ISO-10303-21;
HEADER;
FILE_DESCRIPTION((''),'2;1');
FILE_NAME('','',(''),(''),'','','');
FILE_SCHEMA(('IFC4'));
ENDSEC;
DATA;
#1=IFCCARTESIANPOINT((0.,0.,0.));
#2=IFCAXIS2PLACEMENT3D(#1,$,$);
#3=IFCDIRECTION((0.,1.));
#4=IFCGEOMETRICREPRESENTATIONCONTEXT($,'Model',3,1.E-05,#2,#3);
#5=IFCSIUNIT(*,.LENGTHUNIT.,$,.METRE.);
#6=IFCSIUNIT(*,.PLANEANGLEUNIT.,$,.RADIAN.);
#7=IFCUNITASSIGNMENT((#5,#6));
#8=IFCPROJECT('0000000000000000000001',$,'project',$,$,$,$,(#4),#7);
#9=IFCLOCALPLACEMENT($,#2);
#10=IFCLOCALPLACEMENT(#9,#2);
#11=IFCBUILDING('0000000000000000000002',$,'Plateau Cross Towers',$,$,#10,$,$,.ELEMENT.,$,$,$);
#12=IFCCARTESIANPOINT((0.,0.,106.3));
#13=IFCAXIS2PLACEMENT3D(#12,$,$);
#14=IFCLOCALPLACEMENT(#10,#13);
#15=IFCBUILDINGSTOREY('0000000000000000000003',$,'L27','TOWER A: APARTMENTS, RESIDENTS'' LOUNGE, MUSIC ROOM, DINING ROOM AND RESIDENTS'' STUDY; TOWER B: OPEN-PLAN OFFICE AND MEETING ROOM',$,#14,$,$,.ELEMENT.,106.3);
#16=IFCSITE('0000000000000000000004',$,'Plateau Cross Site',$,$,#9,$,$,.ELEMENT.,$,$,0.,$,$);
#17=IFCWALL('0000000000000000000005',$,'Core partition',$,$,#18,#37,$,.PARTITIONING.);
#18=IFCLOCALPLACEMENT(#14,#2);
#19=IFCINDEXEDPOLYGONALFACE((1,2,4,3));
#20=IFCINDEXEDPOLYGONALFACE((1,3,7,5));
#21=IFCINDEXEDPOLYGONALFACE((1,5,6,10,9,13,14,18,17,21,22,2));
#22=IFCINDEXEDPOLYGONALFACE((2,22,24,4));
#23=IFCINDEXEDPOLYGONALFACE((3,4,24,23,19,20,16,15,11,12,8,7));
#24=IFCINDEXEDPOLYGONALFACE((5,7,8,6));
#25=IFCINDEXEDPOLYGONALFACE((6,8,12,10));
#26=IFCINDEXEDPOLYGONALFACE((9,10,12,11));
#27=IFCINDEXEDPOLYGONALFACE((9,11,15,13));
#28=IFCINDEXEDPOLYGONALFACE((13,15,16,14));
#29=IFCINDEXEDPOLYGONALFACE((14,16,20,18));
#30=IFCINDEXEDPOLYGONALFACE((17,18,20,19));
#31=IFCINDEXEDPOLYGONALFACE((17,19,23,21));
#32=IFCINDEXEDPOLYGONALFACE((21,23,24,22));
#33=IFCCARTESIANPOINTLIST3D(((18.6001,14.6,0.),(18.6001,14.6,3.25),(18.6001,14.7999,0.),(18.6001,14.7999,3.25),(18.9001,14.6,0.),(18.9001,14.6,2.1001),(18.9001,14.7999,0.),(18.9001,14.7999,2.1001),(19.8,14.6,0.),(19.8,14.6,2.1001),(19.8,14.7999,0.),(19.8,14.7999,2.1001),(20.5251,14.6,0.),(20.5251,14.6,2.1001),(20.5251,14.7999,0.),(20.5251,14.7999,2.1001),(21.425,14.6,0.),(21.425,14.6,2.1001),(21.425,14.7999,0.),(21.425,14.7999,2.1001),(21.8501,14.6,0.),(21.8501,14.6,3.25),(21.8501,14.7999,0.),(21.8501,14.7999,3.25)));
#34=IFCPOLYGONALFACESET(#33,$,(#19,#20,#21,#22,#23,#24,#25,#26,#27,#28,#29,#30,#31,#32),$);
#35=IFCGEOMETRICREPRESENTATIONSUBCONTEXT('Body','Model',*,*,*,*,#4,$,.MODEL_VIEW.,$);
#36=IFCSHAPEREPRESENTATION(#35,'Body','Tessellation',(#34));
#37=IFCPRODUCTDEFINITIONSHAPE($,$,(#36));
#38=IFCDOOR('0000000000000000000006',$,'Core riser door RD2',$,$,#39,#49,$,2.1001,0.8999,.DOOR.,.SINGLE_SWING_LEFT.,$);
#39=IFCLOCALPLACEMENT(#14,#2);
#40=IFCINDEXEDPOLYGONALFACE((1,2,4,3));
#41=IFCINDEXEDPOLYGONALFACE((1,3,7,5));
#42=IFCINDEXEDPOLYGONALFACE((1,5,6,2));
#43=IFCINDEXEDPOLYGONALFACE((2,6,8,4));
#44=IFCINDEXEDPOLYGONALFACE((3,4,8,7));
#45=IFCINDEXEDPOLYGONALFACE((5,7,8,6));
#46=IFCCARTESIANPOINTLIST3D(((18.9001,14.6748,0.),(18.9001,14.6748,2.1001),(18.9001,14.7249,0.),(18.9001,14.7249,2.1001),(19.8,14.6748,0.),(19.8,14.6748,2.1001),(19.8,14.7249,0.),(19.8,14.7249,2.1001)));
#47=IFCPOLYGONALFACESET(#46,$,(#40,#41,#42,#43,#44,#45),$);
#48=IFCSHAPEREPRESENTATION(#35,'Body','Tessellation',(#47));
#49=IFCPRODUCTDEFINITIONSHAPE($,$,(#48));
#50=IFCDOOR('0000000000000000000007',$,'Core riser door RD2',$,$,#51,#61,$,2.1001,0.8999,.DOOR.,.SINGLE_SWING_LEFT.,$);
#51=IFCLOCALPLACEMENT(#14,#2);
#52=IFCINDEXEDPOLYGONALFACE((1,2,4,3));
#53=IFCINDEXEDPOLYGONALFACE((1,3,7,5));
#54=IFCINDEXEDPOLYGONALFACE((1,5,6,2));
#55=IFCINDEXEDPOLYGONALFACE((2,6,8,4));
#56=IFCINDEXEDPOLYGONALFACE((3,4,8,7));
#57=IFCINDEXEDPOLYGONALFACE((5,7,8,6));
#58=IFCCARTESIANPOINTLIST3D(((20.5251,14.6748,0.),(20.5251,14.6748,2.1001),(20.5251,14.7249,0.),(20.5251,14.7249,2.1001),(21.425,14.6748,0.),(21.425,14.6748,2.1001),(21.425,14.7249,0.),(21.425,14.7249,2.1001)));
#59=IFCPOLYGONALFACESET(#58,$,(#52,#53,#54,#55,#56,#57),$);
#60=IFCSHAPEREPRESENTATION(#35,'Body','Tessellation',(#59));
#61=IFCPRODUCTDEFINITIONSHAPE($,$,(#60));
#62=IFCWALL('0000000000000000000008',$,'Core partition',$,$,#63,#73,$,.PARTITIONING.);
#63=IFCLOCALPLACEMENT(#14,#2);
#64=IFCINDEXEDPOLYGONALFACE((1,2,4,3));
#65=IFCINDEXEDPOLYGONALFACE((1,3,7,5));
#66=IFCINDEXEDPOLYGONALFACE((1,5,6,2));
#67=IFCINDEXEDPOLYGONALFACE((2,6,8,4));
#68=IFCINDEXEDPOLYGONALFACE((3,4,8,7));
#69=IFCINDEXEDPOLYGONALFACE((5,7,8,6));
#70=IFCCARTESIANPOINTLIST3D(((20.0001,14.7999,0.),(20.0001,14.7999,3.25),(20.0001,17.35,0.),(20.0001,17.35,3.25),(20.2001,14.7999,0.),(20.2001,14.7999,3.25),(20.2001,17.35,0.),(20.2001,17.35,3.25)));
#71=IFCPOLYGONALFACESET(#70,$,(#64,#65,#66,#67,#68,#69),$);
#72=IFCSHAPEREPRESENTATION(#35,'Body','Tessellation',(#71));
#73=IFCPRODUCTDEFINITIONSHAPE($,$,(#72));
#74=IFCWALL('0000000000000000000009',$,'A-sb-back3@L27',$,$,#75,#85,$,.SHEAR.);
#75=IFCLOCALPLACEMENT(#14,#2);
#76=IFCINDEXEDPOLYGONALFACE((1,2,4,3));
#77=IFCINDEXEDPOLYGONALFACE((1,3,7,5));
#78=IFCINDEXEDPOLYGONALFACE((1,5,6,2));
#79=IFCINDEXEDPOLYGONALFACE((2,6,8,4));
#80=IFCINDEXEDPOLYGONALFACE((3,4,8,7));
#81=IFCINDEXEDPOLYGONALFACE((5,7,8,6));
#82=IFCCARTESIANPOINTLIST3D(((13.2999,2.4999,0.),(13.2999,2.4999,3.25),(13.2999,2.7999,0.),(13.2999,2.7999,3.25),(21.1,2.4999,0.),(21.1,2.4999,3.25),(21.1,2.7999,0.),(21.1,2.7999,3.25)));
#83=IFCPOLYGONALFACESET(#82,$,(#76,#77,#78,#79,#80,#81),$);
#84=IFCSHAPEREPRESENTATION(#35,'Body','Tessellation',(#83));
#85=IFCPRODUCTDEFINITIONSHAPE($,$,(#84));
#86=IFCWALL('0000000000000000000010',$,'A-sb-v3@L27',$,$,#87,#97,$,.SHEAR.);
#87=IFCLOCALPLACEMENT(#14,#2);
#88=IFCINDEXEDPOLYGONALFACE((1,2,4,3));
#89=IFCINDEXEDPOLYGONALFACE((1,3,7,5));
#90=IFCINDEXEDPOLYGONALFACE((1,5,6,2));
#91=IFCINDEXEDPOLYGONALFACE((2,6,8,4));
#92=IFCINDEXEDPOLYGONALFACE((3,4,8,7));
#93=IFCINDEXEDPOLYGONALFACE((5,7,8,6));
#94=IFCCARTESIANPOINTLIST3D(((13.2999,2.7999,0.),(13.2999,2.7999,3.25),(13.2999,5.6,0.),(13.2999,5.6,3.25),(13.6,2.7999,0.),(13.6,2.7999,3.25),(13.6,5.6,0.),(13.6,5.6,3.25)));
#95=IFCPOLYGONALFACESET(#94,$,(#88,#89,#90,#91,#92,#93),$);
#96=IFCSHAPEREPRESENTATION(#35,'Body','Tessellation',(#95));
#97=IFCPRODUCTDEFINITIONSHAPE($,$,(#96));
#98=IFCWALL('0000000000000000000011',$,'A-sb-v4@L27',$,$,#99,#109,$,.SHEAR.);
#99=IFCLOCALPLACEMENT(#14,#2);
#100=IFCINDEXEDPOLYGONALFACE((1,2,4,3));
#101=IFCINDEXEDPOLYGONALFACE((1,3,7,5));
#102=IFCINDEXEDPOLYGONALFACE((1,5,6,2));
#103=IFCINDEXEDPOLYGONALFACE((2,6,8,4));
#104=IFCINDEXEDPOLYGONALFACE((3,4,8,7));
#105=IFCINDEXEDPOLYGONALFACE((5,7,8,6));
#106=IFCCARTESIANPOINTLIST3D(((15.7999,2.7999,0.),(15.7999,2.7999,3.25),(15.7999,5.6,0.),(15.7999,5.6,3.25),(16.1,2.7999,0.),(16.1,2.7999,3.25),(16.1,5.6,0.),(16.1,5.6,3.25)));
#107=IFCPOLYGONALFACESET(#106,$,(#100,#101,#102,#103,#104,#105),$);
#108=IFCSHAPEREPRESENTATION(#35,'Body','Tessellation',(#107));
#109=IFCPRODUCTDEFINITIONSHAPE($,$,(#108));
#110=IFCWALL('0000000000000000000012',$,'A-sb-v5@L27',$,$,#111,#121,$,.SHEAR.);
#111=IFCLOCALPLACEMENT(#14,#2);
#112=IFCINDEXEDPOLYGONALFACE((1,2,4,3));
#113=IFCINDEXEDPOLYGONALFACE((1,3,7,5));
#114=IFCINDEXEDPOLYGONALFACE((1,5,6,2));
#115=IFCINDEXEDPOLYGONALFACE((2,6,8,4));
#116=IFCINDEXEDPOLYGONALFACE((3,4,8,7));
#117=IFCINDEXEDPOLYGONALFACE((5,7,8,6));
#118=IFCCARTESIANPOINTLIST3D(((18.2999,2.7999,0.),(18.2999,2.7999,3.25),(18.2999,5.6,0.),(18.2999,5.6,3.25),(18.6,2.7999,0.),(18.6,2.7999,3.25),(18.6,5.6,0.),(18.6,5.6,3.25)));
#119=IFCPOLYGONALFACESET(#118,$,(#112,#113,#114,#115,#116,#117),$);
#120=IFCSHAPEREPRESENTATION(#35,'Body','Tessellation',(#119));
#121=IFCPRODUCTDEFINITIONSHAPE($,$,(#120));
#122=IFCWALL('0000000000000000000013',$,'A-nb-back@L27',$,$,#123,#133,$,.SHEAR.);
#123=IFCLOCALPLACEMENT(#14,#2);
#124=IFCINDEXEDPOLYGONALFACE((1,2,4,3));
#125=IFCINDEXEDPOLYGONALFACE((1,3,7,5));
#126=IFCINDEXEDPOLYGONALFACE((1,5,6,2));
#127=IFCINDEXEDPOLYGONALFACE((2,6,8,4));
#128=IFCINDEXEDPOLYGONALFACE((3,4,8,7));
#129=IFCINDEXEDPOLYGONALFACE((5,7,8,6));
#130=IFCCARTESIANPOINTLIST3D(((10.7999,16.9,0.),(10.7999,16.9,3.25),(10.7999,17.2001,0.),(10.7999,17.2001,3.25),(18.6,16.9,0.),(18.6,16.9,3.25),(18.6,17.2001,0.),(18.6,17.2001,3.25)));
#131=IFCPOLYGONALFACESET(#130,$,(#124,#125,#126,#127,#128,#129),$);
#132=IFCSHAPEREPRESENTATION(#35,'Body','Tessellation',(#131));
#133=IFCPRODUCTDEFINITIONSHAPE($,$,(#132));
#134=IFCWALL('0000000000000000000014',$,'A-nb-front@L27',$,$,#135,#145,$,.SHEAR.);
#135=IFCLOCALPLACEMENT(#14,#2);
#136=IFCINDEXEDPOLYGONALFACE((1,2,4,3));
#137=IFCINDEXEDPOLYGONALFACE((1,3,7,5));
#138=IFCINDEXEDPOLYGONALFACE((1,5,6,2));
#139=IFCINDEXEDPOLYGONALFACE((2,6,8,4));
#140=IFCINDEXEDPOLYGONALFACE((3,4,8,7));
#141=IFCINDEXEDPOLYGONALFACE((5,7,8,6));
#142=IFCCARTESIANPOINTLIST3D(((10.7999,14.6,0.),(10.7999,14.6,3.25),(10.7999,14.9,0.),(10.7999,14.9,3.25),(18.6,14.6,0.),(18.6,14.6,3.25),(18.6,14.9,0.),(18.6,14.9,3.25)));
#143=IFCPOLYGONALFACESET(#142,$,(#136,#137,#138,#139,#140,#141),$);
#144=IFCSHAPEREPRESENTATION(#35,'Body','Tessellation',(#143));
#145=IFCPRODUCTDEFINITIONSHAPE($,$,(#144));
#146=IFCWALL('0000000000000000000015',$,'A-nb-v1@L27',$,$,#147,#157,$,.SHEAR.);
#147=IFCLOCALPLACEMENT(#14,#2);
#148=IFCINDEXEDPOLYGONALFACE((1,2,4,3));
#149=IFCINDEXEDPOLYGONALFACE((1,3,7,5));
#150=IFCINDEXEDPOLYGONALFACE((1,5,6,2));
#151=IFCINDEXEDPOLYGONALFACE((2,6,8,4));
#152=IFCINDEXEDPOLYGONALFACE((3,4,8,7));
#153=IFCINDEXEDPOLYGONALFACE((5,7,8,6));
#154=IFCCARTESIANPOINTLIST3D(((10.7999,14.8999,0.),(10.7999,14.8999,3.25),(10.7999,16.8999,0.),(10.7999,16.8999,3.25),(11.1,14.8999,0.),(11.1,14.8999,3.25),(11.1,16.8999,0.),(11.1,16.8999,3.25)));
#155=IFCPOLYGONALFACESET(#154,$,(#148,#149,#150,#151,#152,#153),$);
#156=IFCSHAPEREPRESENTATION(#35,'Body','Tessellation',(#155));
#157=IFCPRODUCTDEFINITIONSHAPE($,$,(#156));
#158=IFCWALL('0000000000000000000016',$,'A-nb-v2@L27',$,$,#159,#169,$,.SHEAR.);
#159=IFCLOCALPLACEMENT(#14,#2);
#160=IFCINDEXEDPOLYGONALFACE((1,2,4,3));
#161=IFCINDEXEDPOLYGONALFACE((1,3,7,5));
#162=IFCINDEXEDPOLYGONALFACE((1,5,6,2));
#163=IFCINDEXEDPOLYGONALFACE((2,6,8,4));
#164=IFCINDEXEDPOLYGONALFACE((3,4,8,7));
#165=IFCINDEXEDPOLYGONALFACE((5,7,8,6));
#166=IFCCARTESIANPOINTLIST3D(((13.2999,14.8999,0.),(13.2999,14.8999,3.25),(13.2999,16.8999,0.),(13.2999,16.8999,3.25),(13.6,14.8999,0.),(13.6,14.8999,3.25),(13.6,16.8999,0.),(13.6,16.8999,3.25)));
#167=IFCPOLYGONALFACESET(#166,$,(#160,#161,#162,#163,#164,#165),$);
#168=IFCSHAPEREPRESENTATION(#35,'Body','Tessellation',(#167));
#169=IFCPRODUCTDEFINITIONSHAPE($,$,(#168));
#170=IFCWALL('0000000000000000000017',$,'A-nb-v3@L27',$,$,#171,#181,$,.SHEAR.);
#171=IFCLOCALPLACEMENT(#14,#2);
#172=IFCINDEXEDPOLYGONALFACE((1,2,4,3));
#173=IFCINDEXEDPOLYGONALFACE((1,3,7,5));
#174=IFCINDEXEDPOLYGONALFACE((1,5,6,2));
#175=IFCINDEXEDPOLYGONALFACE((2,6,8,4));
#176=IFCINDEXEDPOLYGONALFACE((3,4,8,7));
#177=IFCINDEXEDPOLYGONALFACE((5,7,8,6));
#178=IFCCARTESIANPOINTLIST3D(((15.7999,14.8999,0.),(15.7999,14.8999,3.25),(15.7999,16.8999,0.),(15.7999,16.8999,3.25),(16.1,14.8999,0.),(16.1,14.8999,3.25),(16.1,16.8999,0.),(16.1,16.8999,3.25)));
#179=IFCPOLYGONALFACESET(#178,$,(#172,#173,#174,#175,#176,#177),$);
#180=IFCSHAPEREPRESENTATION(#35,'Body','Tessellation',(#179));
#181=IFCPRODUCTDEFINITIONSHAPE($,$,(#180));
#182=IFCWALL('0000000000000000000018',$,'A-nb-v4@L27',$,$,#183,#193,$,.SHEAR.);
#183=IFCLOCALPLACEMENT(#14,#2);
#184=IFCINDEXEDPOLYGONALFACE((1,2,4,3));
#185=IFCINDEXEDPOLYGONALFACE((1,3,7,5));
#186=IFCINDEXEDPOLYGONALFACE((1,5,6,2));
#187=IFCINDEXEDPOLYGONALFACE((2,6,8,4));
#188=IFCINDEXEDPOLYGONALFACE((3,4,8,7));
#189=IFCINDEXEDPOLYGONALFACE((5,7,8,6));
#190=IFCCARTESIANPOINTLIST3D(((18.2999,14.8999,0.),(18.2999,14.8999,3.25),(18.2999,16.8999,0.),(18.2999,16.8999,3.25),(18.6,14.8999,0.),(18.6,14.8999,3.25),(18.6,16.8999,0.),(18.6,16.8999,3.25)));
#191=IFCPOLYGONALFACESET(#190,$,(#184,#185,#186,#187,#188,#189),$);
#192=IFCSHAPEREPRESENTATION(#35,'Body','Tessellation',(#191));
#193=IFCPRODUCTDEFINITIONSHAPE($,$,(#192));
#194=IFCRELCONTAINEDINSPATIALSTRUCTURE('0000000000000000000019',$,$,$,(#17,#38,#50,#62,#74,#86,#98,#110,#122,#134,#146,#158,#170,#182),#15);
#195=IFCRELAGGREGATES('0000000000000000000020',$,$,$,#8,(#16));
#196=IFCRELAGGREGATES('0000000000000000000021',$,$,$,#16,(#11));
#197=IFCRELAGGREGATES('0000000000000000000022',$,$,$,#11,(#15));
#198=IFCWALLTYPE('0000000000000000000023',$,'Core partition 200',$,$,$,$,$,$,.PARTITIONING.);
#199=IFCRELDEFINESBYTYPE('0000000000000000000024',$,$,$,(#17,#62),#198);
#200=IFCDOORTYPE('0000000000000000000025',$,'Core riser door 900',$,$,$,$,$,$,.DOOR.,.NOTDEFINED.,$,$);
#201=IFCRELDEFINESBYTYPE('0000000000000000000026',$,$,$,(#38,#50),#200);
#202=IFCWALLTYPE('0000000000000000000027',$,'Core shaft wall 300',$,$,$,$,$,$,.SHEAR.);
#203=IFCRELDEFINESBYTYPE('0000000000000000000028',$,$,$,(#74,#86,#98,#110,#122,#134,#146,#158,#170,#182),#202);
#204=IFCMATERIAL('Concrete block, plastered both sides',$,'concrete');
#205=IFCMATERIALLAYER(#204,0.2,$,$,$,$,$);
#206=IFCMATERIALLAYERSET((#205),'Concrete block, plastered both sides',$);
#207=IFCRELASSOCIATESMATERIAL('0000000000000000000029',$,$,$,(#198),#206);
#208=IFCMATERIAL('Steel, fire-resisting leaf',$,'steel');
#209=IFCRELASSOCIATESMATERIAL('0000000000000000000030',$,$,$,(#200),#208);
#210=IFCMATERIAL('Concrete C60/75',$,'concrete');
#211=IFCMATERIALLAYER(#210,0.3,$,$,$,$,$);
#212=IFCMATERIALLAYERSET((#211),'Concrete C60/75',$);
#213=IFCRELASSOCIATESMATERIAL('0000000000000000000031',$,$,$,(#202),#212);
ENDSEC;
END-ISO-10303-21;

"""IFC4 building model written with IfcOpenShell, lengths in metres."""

from ifc_helpers import new_model, si_unit, direction, frame, frame_2d, origin, place, context, subcontext, project, spatial, rectangle, extrude, material, layer, layer_set, type_object, element, fill, save


model = new_model("IFC4")

# Units and contexts
model_context = context("Model", 3, precision=1e-05, world=origin(), true_north=direction((0.0, 1.0)))
body_context = subcontext(model_context, "Body", "Model", "MODEL_VIEW")
ifc_project = project(units=[si_unit("LENGTHUNIT", "METRE"), si_unit("PLANEANGLEUNIT", "RADIAN")], contexts=[model_context])

# Site, building, storey
site_placement = place(None, origin())
site = spatial("IfcSite", under=ifc_project, at=site_placement, Name="Plateau Cross Site", CompositionType="ELEMENT", RefElevation=0.0)
building_placement = place(site_placement, origin())
building = spatial("IfcBuilding", under=site, at=building_placement, Name="Plateau Cross Towers", CompositionType="ELEMENT")
storey_placement = place(building_placement, frame((0.0, 0.0, 106.3)))
storey = spatial("IfcBuildingStorey", under=building, at=storey_placement, Name="L27", Description="TOWER A: APARTMENTS, RESIDENTS' LOUNGE, MUSIC ROOM, DINING ROOM AND RESIDENTS' STUDY; TOWER B: OPEN-PLAN OFFICE AND MEETING ROOM", CompositionType="ELEMENT", Elevation=106.3)

# Shared definitions
ifc_material_1 = material(Name="Concrete C60/75", Category="concrete")

# Shared definitions
ifc_material_2 = material(Name="Concrete block, plastered both sides", Category="concrete")
ifc_layer_1 = layer(ifc_material_2, 0.2)
ifc_layer_set_1 = layer_set([ifc_layer_1], Name="Concrete block, plastered both sides")
wall_type_1 = type_object("IfcWallType", Name="Core partition 200", PredefinedType="PARTITIONING", material=ifc_layer_set_1)

# Wall, openings, doors
wall_1_placement = place(storey_placement, frame((18.6001, 14.7, 0.0), z_axis=(0.0, 0.0, 1.0), x_axis=(1.0, 0.0, 0.0)))
wall_1 = element("IfcWall", 1, at=wall_1_placement, inside=storey, type_object=wall_type_1, Name="Core partition", PredefinedType="PARTITIONING", context=body_context, shape_type="SweptSolid", body=[
    extrude(rectangle(XDim=3.25, YDim=0.2, at=frame_2d((1.625, 0.0))), origin(), (0.0, 0.0, 1.0), 3.25),
])
opening_1_placement = place(wall_1_placement, frame((0.3, 0.0, 0.0)))
opening_1 = element("IfcOpeningElement", 2, at=opening_1_placement, cuts=wall_1, PredefinedType="OPENING", context=body_context, shape_type="SweptSolid", body=[
    extrude(rectangle(XDim=0.8999, YDim=2.1001, at=frame_2d((0.45, 1.05))), frame((0.0, 0.1099, 0.0), z_axis=(0.0, -1.0, 0.0), x_axis=(1.0, 0.0, 0.0)), (0.0, 0.0, 1.0), 0.22),
])
opening_2_placement = place(wall_1_placement, frame((1.925, 0.0, 0.0)))
opening_2 = element("IfcOpeningElement", 3, at=opening_2_placement, cuts=wall_1, PredefinedType="OPENING", context=body_context, shape_type="SweptSolid", body=[
    extrude(rectangle(XDim=0.8999, YDim=2.1001, at=frame_2d((0.45, 1.05))), frame((0.0, 0.1099, 0.0), z_axis=(0.0, -1.0, 0.0), x_axis=(1.0, 0.0, 0.0)), (0.0, 0.0, 1.0), 0.22),
])
ifc_material_3 = material(Name="Steel, fire-resisting leaf", Category="steel")
door_type_1 = type_object("IfcDoorType", Name="Core riser door 900", OperationType="NOTDEFINED", PredefinedType="DOOR", material=ifc_material_3)
door_1_placement = place(opening_1_placement, origin())
door_1 = element("IfcDoor", 4, at=door_1_placement, inside=storey, type_object=door_type_1, Name="Core riser door RD2", OperationType="SINGLE_SWING_LEFT", OverallHeight=2.1001, OverallWidth=0.8999, PredefinedType="DOOR", context=body_context, shape_type="SweptSolid", body=[
    extrude(rectangle(XDim=0.8999, YDim=2.1001, at=frame_2d((0.45, 1.05))), frame((0.0, 0.0249, 0.0), z_axis=(0.0, -1.0, 0.0), x_axis=(1.0, 0.0, 0.0)), (0.0, 0.0, 1.0), 0.05),
])
fill(opening_1, door_1)
door_2_placement = place(opening_2_placement, origin())
door_2 = element("IfcDoor", 5, at=door_2_placement, inside=storey, type_object=door_type_1, Name="Core riser door RD2", OperationType="SINGLE_SWING_LEFT", OverallHeight=2.1001, OverallWidth=0.8999, PredefinedType="DOOR", context=body_context, shape_type="SweptSolid", body=[
    extrude(rectangle(XDim=0.8999, YDim=2.1001, at=frame_2d((0.45, 1.05))), frame((0.0, 0.0249, 0.0), z_axis=(0.0, -1.0, 0.0), x_axis=(1.0, 0.0, 0.0)), (0.0, 0.0, 1.0), 0.05),
])
fill(opening_2, door_2)

# Walls
wall_2_placement = place(storey_placement, frame((20.1001, 14.8, 0.0), z_axis=(0.0, 0.0, 1.0), x_axis=(0.0, 1.0, 0.0)))
element("IfcWall", 6, at=wall_2_placement, inside=storey, type_object=wall_type_1, Name="Core partition", PredefinedType="PARTITIONING", context=body_context, shape_type="SweptSolid", body=[
    extrude(rectangle(XDim=2.55, YDim=0.2, at=frame_2d((1.2749, 0.0))), origin(), (0.0, 0.0, 1.0), 3.25),
])
ifc_layer_2 = layer(ifc_material_1, 0.3)
ifc_layer_set_2 = layer_set([ifc_layer_2], Name="Concrete C60/75")
wall_type_2 = type_object("IfcWallType", Name="Core shaft wall 300", PredefinedType="SHEAR", material=ifc_layer_set_2)
wall_3_placement = place(storey_placement, frame((13.3, 2.6499, 0.0), z_axis=(0.0, 0.0, 1.0), x_axis=(1.0, 0.0, 0.0)))
element("IfcWall", 7, at=wall_3_placement, inside=storey, type_object=wall_type_2, Name="A-sb-back3@L27", PredefinedType="SHEAR", context=body_context, shape_type="SweptSolid", body=[
    extrude(rectangle(XDim=7.8, YDim=0.3, at=frame_2d((3.8999, 0.0))), origin(), (0.0, 0.0, 1.0), 3.25),
])
for number, where, z_axis, x_axis, name in (
    (8, (13.45, 2.8, 0.0), (0.0, 0.0, 1.0), (0.0, 1.0, 0.0), "A-sb-v3@L27"),
    (9, (15.95, 2.8, 0.0), (0.0, 0.0, 1.0), (0.0, 1.0, 0.0), "A-sb-v4@L27"),
    (10, (18.45, 2.8, 0.0), (0.0, 0.0, 1.0), (0.0, 1.0, 0.0), "A-sb-v5@L27"),
):
    element("IfcWall", number, at=place(storey_placement, frame(where, z_axis=z_axis, x_axis=x_axis)), inside=storey, type_object=wall_type_2, Name=name, PredefinedType="SHEAR", context=body_context, shape_type="SweptSolid", body=[
        extrude(rectangle(XDim=2.8, YDim=0.3, at=frame_2d((1.3999, 0.0))), origin(), (0.0, 0.0, 1.0), 3.25),
    ])
for number, where, z_axis, x_axis, name in (
    (11, (10.8, 17.05, 0.0), (0.0, 0.0, 1.0), (1.0, 0.0, 0.0), "A-nb-back@L27"),
    (12, (10.8, 14.75, 0.0), (0.0, 0.0, 1.0), (1.0, 0.0, 0.0), "A-nb-front@L27"),
):
    element("IfcWall", number, at=place(storey_placement, frame(where, z_axis=z_axis, x_axis=x_axis)), inside=storey, type_object=wall_type_2, Name=name, PredefinedType="SHEAR", context=body_context, shape_type="SweptSolid", body=[
        extrude(rectangle(XDim=7.8, YDim=0.3, at=frame_2d((3.8999, 0.0))), origin(), (0.0, 0.0, 1.0), 3.25),
    ])
for number, where, z_axis, x_axis, name in (
    (13, (10.95, 14.8999, 0.0), (0.0, 0.0, 1.0), (0.0, 1.0, 0.0), "A-nb-v1@L27"),
    (14, (13.45, 14.8999, 0.0), (0.0, 0.0, 1.0), (0.0, 1.0, 0.0), "A-nb-v2@L27"),
    (15, (15.95, 14.8999, 0.0), (0.0, 0.0, 1.0), (0.0, 1.0, 0.0), "A-nb-v3@L27"),
    (16, (18.45, 14.8999, 0.0), (0.0, 0.0, 1.0), (0.0, 1.0, 0.0), "A-nb-v4@L27"),
):
    element("IfcWall", number, at=place(storey_placement, frame(where, z_axis=z_axis, x_axis=x_axis)), inside=storey, type_object=wall_type_2, Name=name, PredefinedType="SHEAR", context=body_context, shape_type="SweptSolid", body=[
        extrude(rectangle(XDim=2.0, YDim=0.3, at=frame_2d((1.0, 0.0))), origin(), (0.0, 0.0, 1.0), 3.25),
    ])

save(model, "model.ifc")
